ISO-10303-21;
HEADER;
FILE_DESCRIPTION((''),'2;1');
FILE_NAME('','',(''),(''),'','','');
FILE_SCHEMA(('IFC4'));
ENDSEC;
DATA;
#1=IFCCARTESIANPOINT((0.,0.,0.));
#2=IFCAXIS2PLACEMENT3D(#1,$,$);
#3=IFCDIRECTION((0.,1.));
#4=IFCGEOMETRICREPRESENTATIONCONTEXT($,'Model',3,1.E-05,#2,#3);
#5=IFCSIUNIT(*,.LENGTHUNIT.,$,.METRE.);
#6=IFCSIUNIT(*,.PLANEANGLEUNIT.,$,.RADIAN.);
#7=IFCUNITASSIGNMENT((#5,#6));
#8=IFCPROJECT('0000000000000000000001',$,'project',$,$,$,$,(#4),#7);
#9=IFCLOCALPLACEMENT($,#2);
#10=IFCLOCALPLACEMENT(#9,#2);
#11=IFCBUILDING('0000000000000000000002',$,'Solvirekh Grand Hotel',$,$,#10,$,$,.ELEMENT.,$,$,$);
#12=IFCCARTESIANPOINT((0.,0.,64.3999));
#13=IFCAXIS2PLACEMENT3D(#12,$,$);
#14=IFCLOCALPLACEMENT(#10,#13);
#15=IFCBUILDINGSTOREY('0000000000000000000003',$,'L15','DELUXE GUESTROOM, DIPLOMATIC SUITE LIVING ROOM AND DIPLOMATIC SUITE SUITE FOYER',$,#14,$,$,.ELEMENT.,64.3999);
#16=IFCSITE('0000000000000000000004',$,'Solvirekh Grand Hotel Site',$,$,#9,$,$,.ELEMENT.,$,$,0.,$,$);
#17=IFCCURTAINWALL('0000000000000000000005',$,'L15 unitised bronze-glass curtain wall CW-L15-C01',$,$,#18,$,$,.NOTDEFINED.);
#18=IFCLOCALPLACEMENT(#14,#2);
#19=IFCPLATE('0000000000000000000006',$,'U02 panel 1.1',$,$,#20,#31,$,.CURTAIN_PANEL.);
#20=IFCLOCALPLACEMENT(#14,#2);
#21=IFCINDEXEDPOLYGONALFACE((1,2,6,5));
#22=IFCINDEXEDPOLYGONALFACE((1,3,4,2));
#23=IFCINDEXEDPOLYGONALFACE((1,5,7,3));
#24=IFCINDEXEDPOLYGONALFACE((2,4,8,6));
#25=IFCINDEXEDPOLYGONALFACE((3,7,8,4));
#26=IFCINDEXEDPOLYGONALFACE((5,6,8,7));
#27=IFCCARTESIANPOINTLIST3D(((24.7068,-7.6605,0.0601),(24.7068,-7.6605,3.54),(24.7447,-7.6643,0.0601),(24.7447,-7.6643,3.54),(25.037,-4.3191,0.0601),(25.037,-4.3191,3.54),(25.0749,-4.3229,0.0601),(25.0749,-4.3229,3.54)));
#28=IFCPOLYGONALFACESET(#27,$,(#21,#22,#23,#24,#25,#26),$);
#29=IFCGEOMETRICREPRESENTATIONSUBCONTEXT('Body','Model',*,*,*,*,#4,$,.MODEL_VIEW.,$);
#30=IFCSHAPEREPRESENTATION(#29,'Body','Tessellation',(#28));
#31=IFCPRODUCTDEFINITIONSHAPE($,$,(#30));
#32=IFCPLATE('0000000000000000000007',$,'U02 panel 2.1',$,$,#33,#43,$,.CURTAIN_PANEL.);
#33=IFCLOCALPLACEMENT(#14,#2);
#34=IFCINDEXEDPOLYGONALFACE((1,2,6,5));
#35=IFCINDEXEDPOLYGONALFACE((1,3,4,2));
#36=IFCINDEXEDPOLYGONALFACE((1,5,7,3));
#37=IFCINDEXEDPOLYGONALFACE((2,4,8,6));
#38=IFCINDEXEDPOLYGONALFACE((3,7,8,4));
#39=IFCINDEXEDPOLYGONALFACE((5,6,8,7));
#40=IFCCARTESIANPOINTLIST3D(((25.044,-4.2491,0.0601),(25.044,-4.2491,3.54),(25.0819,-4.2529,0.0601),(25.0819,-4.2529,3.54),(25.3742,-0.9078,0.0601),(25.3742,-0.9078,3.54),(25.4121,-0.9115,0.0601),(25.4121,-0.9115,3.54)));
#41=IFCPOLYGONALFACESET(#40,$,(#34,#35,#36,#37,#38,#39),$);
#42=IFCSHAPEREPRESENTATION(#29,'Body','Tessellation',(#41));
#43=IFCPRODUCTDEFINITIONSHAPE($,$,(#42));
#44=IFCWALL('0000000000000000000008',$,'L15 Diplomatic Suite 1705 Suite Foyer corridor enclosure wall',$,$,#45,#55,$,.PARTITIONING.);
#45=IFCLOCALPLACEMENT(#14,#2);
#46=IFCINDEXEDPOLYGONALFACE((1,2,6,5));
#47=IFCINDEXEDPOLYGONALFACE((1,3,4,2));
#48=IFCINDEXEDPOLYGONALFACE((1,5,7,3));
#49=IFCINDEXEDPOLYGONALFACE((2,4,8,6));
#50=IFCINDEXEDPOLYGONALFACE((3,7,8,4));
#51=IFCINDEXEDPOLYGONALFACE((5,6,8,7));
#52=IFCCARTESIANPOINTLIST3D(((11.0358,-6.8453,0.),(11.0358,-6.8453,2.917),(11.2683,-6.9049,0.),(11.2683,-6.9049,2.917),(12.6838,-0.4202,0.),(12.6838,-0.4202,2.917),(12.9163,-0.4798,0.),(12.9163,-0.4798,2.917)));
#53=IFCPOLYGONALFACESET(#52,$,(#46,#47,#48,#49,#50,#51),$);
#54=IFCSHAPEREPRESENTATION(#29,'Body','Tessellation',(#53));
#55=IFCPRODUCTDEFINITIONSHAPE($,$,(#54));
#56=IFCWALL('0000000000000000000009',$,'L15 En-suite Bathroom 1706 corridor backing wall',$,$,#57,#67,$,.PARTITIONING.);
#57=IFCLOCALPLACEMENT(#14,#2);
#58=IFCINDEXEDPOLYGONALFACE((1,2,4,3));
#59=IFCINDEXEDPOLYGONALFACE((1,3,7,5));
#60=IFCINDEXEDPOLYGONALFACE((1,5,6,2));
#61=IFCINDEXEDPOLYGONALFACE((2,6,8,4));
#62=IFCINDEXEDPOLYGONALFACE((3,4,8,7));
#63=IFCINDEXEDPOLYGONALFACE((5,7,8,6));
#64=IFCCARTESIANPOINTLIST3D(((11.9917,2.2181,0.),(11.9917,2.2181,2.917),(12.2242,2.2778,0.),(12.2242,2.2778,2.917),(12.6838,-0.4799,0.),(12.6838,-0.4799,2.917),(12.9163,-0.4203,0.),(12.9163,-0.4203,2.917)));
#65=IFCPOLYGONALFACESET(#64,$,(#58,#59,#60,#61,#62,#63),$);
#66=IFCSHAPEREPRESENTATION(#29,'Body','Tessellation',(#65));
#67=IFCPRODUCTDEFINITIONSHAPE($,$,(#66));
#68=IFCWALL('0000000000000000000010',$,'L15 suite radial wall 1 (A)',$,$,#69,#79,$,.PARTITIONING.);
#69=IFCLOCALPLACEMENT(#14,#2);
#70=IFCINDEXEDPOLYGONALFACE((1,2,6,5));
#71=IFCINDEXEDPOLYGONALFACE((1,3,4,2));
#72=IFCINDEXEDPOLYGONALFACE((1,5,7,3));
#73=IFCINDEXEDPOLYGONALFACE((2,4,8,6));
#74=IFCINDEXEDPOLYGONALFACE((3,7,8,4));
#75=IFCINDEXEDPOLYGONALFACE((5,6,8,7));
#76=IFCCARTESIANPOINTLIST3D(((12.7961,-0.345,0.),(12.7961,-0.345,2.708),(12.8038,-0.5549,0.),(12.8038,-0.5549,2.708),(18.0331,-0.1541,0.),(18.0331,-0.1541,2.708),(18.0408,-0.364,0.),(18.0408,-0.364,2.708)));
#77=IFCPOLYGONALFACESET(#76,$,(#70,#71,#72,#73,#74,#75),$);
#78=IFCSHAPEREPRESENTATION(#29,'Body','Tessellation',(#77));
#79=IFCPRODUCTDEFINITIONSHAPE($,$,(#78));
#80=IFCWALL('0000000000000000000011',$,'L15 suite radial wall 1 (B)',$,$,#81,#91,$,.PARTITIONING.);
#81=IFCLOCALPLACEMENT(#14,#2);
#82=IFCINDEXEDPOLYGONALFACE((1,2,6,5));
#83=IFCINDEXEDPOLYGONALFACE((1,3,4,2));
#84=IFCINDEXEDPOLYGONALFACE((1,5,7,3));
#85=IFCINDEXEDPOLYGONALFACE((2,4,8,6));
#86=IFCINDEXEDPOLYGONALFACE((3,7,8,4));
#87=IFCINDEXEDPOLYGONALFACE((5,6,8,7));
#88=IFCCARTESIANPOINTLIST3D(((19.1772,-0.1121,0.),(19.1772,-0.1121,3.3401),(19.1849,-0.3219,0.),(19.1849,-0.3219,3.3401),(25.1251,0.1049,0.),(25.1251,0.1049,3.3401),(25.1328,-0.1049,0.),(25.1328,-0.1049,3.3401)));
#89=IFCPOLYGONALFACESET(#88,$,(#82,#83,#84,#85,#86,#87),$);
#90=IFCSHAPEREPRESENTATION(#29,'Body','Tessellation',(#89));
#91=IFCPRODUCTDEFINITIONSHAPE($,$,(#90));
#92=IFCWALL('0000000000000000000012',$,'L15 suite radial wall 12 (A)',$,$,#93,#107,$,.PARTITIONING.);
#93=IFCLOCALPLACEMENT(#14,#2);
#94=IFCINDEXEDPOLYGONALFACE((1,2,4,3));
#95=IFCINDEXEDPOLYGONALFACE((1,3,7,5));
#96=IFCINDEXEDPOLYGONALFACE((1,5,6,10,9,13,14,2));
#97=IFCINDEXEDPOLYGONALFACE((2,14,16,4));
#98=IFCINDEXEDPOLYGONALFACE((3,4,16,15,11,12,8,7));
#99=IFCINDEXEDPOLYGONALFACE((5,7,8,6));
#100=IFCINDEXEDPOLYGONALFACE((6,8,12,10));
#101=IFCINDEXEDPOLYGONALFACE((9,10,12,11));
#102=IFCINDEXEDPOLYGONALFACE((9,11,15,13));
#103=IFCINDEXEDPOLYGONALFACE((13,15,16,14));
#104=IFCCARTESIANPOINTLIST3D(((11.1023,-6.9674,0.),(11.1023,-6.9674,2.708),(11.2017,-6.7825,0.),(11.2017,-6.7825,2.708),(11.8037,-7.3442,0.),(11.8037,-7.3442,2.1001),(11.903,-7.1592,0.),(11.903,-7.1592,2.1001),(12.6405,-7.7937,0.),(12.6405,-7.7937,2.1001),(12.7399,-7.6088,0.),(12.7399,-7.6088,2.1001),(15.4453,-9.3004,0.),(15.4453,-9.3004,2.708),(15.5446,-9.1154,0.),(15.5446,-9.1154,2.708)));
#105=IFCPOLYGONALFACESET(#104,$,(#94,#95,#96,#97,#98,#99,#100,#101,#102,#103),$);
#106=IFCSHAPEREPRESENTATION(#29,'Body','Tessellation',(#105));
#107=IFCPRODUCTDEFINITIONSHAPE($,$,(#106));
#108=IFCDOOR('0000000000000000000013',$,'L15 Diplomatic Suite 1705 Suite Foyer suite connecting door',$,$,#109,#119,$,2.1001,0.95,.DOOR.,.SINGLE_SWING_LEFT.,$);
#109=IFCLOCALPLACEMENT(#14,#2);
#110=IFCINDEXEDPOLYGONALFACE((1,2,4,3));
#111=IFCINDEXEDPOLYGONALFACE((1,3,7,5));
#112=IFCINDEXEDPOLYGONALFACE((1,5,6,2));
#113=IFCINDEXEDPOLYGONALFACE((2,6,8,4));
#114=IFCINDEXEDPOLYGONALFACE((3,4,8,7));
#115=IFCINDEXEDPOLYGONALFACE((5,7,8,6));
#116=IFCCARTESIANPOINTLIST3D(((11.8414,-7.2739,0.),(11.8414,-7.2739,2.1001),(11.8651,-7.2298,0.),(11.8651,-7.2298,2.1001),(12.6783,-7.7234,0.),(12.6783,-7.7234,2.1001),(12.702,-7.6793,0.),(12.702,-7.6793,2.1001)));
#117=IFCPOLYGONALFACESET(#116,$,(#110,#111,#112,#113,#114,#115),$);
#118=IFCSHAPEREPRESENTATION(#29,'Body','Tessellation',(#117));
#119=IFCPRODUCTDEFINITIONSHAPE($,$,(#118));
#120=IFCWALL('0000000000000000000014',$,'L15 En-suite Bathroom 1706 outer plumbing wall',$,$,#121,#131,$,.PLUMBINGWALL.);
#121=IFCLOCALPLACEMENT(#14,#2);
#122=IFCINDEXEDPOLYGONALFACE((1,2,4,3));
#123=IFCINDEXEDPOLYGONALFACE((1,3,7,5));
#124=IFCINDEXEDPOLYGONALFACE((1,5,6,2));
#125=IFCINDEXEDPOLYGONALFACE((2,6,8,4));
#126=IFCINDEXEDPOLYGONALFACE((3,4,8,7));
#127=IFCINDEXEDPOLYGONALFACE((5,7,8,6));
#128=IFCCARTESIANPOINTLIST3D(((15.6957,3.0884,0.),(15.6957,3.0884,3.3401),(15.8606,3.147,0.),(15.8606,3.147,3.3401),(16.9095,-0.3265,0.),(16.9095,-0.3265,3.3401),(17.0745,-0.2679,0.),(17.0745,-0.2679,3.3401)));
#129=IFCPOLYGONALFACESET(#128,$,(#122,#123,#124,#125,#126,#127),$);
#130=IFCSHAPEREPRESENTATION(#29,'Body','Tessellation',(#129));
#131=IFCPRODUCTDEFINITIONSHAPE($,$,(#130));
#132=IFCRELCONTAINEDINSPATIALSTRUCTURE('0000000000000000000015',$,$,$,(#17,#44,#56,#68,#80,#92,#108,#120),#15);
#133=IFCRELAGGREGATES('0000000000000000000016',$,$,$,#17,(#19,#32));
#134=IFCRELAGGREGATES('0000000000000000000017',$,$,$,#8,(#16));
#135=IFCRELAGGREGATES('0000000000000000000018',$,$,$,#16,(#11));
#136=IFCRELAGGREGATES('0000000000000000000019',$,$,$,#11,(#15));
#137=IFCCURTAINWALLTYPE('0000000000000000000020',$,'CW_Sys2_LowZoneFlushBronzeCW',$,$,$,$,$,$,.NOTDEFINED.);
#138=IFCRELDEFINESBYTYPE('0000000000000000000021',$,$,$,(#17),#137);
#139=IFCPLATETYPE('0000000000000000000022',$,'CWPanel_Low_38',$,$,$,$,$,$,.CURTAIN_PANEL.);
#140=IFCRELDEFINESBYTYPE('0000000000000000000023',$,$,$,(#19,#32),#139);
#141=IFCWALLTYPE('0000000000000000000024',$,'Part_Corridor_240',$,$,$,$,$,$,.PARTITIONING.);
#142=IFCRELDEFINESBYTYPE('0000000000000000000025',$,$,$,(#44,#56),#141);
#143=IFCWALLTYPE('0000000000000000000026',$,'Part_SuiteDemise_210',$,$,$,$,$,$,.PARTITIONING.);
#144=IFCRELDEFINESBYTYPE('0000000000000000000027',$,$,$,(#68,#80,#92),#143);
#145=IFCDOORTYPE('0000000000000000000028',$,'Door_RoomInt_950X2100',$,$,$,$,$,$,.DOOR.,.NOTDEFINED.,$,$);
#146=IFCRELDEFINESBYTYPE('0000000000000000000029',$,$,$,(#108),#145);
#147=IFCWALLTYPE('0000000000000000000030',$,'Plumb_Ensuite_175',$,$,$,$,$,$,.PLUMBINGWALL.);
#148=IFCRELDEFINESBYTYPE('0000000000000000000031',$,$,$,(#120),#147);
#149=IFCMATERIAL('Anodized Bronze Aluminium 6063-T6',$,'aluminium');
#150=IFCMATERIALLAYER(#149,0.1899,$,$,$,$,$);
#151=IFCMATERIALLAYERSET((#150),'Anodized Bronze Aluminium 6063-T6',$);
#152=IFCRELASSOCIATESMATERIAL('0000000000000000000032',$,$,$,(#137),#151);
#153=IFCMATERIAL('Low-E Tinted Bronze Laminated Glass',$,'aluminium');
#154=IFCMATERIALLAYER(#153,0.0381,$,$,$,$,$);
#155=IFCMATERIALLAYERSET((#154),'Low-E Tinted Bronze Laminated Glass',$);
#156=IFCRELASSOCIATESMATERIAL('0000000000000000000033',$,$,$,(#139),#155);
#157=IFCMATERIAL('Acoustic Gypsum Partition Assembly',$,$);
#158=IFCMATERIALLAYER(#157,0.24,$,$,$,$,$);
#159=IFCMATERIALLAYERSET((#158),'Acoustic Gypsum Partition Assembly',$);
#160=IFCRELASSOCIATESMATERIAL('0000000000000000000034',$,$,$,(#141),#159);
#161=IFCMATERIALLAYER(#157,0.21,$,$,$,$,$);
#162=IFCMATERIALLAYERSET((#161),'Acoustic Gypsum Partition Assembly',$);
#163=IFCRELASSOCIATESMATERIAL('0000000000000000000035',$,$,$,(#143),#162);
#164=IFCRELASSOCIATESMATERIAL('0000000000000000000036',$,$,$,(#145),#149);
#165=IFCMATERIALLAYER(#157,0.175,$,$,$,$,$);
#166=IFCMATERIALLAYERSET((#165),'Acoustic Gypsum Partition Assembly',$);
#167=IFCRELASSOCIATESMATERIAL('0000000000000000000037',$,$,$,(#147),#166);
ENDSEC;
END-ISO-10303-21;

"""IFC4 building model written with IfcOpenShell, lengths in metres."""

from ifc_helpers import new_model, si_unit, direction, frame, frame_2d, origin, origin_2d, place, context, subcontext, project, spatial, rectangle, extrude, source, transform, mapped, material, layer, layer_set, type_object, element, fill, aggregate, save


model = new_model("IFC4")

# Units and contexts
model_context = context("Model", 3, precision=1e-05, world=origin(), true_north=direction((0.0, 1.0)))
body_context = subcontext(model_context, "Body", "Model", "MODEL_VIEW")
ifc_project = project(units=[si_unit("LENGTHUNIT", "METRE"), si_unit("PLANEANGLEUNIT", "RADIAN")], contexts=[model_context])

# Site, building, storey
site_placement = place(None, origin())
site = spatial("IfcSite", under=ifc_project, at=site_placement, Name="Solvirekh Grand Hotel Site", CompositionType="ELEMENT", RefElevation=0.0)
building_placement = place(site_placement, origin())
building = spatial("IfcBuilding", under=site, at=building_placement, Name="Solvirekh Grand Hotel", CompositionType="ELEMENT")
storey_placement = place(building_placement, frame((0.0, 0.0, 64.3999)))
storey = spatial("IfcBuildingStorey", under=building, at=storey_placement, Name="L15", Description="DELUXE GUESTROOM, DIPLOMATIC SUITE LIVING ROOM AND DIPLOMATIC SUITE SUITE FOYER", CompositionType="ELEMENT", Elevation=64.3999)

# Curtain wall, plates
ifc_material_1 = material(Name="Anodized Bronze Aluminium 6063-T6", Category="aluminium")
ifc_layer_1 = layer(ifc_material_1, 0.1899)
ifc_layer_set_1 = layer_set([ifc_layer_1], Name="Anodized Bronze Aluminium 6063-T6")
curtain_wall_type = type_object("IfcCurtainWallType", Name="CW_Sys2_LowZoneFlushBronzeCW", PredefinedType="NOTDEFINED", material=ifc_layer_set_1)
curtain_wall_placement = place(storey_placement, origin())
curtain_wall = element("IfcCurtainWall", 1, at=curtain_wall_placement, inside=storey, type_object=curtain_wall_type, Name="L15 unitised bronze-glass curtain wall CW-L15-C01", PredefinedType="NOTDEFINED")
ifc_material_2 = material(Name="Low-E Tinted Bronze Laminated Glass", Category="aluminium")
ifc_layer_2 = layer(ifc_material_2, 0.0381)
ifc_layer_set_2 = layer_set([ifc_layer_2], Name="Low-E Tinted Bronze Laminated Glass")
plate_type = type_object("IfcPlateType", Name="CWPanel_Low_38", PredefinedType="CURTAIN_PANEL", material=ifc_layer_set_2)
shared_shape_1 = source(origin(), body_context, "Body", "SweptSolid", [
    extrude(rectangle(XDim=3.3577, YDim=0.0381, at=origin_2d()), origin(), (0.0, 0.0, 1.0), 3.48),
])
plate_1_placement = place(storey_placement, frame((24.8909, -5.9917, 0.0601), z_axis=(0.0, 0.0, 1.0), x_axis=(0.098331, 0.995154, 0.0)))
plate_1 = element("IfcPlate", 2, at=plate_1_placement, type_object=plate_type, Name="U02 panel 1.1", PredefinedType="CURTAIN_PANEL", context=body_context, shape_type="MappedRepresentation", body=[
    mapped(shared_shape_1, transform((0.0, 0.0, 0.0), x_axis=(1.0, 0.0, 0.0), y_axis=(0.0, 1.0, 0.0), z_axis=(0.0, 0.0, 1.0), scale=1.0)),
])
plate_2_placement = place(storey_placement, frame((25.228, -2.5803, 0.0601), z_axis=(0.0, 0.0, 1.0), x_axis=(0.098331, 0.995154, 0.0)))
plate_2 = element("IfcPlate", 3, at=plate_2_placement, type_object=plate_type, Name="U02 panel 2.1", PredefinedType="CURTAIN_PANEL", context=body_context, shape_type="MappedRepresentation", body=[
    mapped(shared_shape_1, transform((0.0, 0.0, 0.0), x_axis=(1.0, 0.0, 0.0), y_axis=(0.0, 1.0, 0.0), z_axis=(0.0, 0.0, 1.0), scale=1.0)),
])
aggregate(curtain_wall, [plate_1, plate_2])

# Walls
ifc_material_3 = material(Name="Acoustic Gypsum Partition Assembly")
ifc_layer_3 = layer(ifc_material_3, 0.24)
ifc_layer_set_3 = layer_set([ifc_layer_3], Name="Acoustic Gypsum Partition Assembly")
wall_type_1 = type_object("IfcWallType", Name="Part_Corridor_240", PredefinedType="PARTITIONING", material=ifc_layer_set_3)
wall_1_placement = place(storey_placement, frame((11.1521, -6.875, 0.0), z_axis=(0.0, 0.0, 1.0), x_axis=(0.248446, 0.968646, 0.0)))
element("IfcWall", 4, at=wall_1_placement, inside=storey, type_object=wall_type_1, Name="L15 Diplomatic Suite 1705 Suite Foyer corridor enclosure wall", PredefinedType="PARTITIONING", context=body_context, shape_type="SweptSolid", body=[
    extrude(rectangle(XDim=6.6331, YDim=0.24, at=frame_2d((3.3164, 0.0))), origin(), (0.0, 0.0, 1.0), 2.917),
])
wall_2_placement = place(storey_placement, frame((12.8, -0.45, 0.0), z_axis=(0.0, 0.0, 1.0), x_axis=(-0.248491, 0.968634, 0.0)))
element("IfcWall", 5, at=wall_2_placement, inside=storey, type_object=wall_type_1, Name="L15 En-suite Bathroom 1706 corridor backing wall", PredefinedType="PARTITIONING", context=body_context, shape_type="SweptSolid", body=[
    extrude(rectangle(XDim=2.7854, YDim=0.24, at=frame_2d((1.3926, 0.0))), origin(), (0.0, 0.0, 1.0), 2.917),
])
ifc_layer_4 = layer(ifc_material_3, 0.21)
ifc_layer_set_4 = layer_set([ifc_layer_4], Name="Acoustic Gypsum Partition Assembly")
wall_type_2 = type_object("IfcWallType", Name="Part_SuiteDemise_210", PredefinedType="PARTITIONING", material=ifc_layer_set_4)
wall_3_placement = place(storey_placement, frame((12.8, -0.45, 0.0), z_axis=(0.0, 0.0, 1.0), x_axis=(0.999336, 0.036431, 0.0)))
element("IfcWall", 6, at=wall_3_placement, inside=storey, type_object=wall_type_2, Name="L15 suite radial wall 1 (A)", PredefinedType="PARTITIONING", context=body_context, shape_type="SweptSolid", body=[
    extrude(rectangle(XDim=5.2405, YDim=0.21, at=frame_2d((2.6201, 0.0))), origin(), (0.0, 0.0, 1.0), 2.708),
])
wall_4_placement = place(storey_placement, frame((19.1809, -0.217, 0.0), z_axis=(0.0, 0.0, 1.0), x_axis=(0.999335, 0.036465, 0.0)))
element("IfcWall", 7, at=wall_4_placement, inside=storey, type_object=wall_type_2, Name="L15 suite radial wall 1 (B)", PredefinedType="PARTITIONING", context=body_context, shape_type="SweptSolid", body=[
    extrude(rectangle(XDim=5.9519, YDim=0.21, at=frame_2d((2.9761, 0.0))), origin(), (0.0, 0.0, 1.0), 3.3401),
])

# Wall, opening, door
wall_5_placement = place(storey_placement, frame((11.1521, -6.875, 0.0), z_axis=(0.0, 0.0, 1.0), x_axis=(0.88094, -0.473228, 0.0)))
wall_5 = element("IfcWall", 8, at=wall_5_placement, inside=storey, type_object=wall_type_2, Name="L15 suite radial wall 12 (A)", PredefinedType="PARTITIONING", context=body_context, shape_type="SweptSolid", body=[
    extrude(rectangle(XDim=4.9299, YDim=0.21, at=frame_2d((2.4648, 0.0))), origin(), (0.0, 0.0, 1.0), 2.708),
])
opening_placement = place(wall_5_placement, frame((0.7959, 0.0, 0.0)))
opening = element("IfcOpeningElement", 9, at=opening_placement, cuts=wall_5, PredefinedType="OPENING", context=body_context, shape_type="SweptSolid", body=[
    extrude(rectangle(XDim=0.95, YDim=2.1001, at=frame_2d((0.4751, 1.05))), frame((0.0, 0.115, 0.0), z_axis=(0.0, -1.0, 0.0), x_axis=(1.0, 0.0, 0.0)), (0.0, 0.0, 1.0), 0.23),
])
door_type = type_object("IfcDoorType", Name="Door_RoomInt_950X2100", OperationType="NOTDEFINED", PredefinedType="DOOR", material=ifc_material_1)
door_placement = place(opening_placement, origin())
door = element("IfcDoor", 10, at=door_placement, inside=storey, type_object=door_type, Name="L15 Diplomatic Suite 1705 Suite Foyer suite connecting door", OperationType="SINGLE_SWING_LEFT", OverallHeight=2.1001, OverallWidth=0.95, PredefinedType="DOOR", context=body_context, shape_type="SweptSolid", body=[
    extrude(rectangle(XDim=0.95, YDim=2.1001, at=frame_2d((0.4751, 1.05))), frame((0.0, 0.0249, 0.0), z_axis=(0.0, -1.0, 0.0), x_axis=(1.0, 0.0, 0.0)), (0.0, 0.0, 1.0), 0.05),
])
fill(opening, door)

# Wall
ifc_layer_5 = layer(ifc_material_3, 0.175)
ifc_layer_set_5 = layer_set([ifc_layer_5], Name="Acoustic Gypsum Partition Assembly")
wall_type_3 = type_object("IfcWallType", Name="Plumb_Ensuite_175", PredefinedType="PLUMBINGWALL", material=ifc_layer_set_5)
wall_6_placement = place(storey_placement, frame((16.9919, -0.2971, 0.0), z_axis=(0.0, 0.0, 1.0), x_axis=(-0.334919, 0.942247, 0.0)))
element("IfcWall", 11, at=wall_6_placement, inside=storey, type_object=wall_type_3, Name="L15 En-suite Bathroom 1706 outer plumbing wall", PredefinedType="PLUMBINGWALL", context=body_context, shape_type="SweptSolid", body=[
    extrude(rectangle(XDim=3.6243, YDim=0.175, at=frame_2d((1.812, 0.0))), origin(), (0.0, 0.0, 1.0), 3.3401),
])

save(model, "model.ifc")
